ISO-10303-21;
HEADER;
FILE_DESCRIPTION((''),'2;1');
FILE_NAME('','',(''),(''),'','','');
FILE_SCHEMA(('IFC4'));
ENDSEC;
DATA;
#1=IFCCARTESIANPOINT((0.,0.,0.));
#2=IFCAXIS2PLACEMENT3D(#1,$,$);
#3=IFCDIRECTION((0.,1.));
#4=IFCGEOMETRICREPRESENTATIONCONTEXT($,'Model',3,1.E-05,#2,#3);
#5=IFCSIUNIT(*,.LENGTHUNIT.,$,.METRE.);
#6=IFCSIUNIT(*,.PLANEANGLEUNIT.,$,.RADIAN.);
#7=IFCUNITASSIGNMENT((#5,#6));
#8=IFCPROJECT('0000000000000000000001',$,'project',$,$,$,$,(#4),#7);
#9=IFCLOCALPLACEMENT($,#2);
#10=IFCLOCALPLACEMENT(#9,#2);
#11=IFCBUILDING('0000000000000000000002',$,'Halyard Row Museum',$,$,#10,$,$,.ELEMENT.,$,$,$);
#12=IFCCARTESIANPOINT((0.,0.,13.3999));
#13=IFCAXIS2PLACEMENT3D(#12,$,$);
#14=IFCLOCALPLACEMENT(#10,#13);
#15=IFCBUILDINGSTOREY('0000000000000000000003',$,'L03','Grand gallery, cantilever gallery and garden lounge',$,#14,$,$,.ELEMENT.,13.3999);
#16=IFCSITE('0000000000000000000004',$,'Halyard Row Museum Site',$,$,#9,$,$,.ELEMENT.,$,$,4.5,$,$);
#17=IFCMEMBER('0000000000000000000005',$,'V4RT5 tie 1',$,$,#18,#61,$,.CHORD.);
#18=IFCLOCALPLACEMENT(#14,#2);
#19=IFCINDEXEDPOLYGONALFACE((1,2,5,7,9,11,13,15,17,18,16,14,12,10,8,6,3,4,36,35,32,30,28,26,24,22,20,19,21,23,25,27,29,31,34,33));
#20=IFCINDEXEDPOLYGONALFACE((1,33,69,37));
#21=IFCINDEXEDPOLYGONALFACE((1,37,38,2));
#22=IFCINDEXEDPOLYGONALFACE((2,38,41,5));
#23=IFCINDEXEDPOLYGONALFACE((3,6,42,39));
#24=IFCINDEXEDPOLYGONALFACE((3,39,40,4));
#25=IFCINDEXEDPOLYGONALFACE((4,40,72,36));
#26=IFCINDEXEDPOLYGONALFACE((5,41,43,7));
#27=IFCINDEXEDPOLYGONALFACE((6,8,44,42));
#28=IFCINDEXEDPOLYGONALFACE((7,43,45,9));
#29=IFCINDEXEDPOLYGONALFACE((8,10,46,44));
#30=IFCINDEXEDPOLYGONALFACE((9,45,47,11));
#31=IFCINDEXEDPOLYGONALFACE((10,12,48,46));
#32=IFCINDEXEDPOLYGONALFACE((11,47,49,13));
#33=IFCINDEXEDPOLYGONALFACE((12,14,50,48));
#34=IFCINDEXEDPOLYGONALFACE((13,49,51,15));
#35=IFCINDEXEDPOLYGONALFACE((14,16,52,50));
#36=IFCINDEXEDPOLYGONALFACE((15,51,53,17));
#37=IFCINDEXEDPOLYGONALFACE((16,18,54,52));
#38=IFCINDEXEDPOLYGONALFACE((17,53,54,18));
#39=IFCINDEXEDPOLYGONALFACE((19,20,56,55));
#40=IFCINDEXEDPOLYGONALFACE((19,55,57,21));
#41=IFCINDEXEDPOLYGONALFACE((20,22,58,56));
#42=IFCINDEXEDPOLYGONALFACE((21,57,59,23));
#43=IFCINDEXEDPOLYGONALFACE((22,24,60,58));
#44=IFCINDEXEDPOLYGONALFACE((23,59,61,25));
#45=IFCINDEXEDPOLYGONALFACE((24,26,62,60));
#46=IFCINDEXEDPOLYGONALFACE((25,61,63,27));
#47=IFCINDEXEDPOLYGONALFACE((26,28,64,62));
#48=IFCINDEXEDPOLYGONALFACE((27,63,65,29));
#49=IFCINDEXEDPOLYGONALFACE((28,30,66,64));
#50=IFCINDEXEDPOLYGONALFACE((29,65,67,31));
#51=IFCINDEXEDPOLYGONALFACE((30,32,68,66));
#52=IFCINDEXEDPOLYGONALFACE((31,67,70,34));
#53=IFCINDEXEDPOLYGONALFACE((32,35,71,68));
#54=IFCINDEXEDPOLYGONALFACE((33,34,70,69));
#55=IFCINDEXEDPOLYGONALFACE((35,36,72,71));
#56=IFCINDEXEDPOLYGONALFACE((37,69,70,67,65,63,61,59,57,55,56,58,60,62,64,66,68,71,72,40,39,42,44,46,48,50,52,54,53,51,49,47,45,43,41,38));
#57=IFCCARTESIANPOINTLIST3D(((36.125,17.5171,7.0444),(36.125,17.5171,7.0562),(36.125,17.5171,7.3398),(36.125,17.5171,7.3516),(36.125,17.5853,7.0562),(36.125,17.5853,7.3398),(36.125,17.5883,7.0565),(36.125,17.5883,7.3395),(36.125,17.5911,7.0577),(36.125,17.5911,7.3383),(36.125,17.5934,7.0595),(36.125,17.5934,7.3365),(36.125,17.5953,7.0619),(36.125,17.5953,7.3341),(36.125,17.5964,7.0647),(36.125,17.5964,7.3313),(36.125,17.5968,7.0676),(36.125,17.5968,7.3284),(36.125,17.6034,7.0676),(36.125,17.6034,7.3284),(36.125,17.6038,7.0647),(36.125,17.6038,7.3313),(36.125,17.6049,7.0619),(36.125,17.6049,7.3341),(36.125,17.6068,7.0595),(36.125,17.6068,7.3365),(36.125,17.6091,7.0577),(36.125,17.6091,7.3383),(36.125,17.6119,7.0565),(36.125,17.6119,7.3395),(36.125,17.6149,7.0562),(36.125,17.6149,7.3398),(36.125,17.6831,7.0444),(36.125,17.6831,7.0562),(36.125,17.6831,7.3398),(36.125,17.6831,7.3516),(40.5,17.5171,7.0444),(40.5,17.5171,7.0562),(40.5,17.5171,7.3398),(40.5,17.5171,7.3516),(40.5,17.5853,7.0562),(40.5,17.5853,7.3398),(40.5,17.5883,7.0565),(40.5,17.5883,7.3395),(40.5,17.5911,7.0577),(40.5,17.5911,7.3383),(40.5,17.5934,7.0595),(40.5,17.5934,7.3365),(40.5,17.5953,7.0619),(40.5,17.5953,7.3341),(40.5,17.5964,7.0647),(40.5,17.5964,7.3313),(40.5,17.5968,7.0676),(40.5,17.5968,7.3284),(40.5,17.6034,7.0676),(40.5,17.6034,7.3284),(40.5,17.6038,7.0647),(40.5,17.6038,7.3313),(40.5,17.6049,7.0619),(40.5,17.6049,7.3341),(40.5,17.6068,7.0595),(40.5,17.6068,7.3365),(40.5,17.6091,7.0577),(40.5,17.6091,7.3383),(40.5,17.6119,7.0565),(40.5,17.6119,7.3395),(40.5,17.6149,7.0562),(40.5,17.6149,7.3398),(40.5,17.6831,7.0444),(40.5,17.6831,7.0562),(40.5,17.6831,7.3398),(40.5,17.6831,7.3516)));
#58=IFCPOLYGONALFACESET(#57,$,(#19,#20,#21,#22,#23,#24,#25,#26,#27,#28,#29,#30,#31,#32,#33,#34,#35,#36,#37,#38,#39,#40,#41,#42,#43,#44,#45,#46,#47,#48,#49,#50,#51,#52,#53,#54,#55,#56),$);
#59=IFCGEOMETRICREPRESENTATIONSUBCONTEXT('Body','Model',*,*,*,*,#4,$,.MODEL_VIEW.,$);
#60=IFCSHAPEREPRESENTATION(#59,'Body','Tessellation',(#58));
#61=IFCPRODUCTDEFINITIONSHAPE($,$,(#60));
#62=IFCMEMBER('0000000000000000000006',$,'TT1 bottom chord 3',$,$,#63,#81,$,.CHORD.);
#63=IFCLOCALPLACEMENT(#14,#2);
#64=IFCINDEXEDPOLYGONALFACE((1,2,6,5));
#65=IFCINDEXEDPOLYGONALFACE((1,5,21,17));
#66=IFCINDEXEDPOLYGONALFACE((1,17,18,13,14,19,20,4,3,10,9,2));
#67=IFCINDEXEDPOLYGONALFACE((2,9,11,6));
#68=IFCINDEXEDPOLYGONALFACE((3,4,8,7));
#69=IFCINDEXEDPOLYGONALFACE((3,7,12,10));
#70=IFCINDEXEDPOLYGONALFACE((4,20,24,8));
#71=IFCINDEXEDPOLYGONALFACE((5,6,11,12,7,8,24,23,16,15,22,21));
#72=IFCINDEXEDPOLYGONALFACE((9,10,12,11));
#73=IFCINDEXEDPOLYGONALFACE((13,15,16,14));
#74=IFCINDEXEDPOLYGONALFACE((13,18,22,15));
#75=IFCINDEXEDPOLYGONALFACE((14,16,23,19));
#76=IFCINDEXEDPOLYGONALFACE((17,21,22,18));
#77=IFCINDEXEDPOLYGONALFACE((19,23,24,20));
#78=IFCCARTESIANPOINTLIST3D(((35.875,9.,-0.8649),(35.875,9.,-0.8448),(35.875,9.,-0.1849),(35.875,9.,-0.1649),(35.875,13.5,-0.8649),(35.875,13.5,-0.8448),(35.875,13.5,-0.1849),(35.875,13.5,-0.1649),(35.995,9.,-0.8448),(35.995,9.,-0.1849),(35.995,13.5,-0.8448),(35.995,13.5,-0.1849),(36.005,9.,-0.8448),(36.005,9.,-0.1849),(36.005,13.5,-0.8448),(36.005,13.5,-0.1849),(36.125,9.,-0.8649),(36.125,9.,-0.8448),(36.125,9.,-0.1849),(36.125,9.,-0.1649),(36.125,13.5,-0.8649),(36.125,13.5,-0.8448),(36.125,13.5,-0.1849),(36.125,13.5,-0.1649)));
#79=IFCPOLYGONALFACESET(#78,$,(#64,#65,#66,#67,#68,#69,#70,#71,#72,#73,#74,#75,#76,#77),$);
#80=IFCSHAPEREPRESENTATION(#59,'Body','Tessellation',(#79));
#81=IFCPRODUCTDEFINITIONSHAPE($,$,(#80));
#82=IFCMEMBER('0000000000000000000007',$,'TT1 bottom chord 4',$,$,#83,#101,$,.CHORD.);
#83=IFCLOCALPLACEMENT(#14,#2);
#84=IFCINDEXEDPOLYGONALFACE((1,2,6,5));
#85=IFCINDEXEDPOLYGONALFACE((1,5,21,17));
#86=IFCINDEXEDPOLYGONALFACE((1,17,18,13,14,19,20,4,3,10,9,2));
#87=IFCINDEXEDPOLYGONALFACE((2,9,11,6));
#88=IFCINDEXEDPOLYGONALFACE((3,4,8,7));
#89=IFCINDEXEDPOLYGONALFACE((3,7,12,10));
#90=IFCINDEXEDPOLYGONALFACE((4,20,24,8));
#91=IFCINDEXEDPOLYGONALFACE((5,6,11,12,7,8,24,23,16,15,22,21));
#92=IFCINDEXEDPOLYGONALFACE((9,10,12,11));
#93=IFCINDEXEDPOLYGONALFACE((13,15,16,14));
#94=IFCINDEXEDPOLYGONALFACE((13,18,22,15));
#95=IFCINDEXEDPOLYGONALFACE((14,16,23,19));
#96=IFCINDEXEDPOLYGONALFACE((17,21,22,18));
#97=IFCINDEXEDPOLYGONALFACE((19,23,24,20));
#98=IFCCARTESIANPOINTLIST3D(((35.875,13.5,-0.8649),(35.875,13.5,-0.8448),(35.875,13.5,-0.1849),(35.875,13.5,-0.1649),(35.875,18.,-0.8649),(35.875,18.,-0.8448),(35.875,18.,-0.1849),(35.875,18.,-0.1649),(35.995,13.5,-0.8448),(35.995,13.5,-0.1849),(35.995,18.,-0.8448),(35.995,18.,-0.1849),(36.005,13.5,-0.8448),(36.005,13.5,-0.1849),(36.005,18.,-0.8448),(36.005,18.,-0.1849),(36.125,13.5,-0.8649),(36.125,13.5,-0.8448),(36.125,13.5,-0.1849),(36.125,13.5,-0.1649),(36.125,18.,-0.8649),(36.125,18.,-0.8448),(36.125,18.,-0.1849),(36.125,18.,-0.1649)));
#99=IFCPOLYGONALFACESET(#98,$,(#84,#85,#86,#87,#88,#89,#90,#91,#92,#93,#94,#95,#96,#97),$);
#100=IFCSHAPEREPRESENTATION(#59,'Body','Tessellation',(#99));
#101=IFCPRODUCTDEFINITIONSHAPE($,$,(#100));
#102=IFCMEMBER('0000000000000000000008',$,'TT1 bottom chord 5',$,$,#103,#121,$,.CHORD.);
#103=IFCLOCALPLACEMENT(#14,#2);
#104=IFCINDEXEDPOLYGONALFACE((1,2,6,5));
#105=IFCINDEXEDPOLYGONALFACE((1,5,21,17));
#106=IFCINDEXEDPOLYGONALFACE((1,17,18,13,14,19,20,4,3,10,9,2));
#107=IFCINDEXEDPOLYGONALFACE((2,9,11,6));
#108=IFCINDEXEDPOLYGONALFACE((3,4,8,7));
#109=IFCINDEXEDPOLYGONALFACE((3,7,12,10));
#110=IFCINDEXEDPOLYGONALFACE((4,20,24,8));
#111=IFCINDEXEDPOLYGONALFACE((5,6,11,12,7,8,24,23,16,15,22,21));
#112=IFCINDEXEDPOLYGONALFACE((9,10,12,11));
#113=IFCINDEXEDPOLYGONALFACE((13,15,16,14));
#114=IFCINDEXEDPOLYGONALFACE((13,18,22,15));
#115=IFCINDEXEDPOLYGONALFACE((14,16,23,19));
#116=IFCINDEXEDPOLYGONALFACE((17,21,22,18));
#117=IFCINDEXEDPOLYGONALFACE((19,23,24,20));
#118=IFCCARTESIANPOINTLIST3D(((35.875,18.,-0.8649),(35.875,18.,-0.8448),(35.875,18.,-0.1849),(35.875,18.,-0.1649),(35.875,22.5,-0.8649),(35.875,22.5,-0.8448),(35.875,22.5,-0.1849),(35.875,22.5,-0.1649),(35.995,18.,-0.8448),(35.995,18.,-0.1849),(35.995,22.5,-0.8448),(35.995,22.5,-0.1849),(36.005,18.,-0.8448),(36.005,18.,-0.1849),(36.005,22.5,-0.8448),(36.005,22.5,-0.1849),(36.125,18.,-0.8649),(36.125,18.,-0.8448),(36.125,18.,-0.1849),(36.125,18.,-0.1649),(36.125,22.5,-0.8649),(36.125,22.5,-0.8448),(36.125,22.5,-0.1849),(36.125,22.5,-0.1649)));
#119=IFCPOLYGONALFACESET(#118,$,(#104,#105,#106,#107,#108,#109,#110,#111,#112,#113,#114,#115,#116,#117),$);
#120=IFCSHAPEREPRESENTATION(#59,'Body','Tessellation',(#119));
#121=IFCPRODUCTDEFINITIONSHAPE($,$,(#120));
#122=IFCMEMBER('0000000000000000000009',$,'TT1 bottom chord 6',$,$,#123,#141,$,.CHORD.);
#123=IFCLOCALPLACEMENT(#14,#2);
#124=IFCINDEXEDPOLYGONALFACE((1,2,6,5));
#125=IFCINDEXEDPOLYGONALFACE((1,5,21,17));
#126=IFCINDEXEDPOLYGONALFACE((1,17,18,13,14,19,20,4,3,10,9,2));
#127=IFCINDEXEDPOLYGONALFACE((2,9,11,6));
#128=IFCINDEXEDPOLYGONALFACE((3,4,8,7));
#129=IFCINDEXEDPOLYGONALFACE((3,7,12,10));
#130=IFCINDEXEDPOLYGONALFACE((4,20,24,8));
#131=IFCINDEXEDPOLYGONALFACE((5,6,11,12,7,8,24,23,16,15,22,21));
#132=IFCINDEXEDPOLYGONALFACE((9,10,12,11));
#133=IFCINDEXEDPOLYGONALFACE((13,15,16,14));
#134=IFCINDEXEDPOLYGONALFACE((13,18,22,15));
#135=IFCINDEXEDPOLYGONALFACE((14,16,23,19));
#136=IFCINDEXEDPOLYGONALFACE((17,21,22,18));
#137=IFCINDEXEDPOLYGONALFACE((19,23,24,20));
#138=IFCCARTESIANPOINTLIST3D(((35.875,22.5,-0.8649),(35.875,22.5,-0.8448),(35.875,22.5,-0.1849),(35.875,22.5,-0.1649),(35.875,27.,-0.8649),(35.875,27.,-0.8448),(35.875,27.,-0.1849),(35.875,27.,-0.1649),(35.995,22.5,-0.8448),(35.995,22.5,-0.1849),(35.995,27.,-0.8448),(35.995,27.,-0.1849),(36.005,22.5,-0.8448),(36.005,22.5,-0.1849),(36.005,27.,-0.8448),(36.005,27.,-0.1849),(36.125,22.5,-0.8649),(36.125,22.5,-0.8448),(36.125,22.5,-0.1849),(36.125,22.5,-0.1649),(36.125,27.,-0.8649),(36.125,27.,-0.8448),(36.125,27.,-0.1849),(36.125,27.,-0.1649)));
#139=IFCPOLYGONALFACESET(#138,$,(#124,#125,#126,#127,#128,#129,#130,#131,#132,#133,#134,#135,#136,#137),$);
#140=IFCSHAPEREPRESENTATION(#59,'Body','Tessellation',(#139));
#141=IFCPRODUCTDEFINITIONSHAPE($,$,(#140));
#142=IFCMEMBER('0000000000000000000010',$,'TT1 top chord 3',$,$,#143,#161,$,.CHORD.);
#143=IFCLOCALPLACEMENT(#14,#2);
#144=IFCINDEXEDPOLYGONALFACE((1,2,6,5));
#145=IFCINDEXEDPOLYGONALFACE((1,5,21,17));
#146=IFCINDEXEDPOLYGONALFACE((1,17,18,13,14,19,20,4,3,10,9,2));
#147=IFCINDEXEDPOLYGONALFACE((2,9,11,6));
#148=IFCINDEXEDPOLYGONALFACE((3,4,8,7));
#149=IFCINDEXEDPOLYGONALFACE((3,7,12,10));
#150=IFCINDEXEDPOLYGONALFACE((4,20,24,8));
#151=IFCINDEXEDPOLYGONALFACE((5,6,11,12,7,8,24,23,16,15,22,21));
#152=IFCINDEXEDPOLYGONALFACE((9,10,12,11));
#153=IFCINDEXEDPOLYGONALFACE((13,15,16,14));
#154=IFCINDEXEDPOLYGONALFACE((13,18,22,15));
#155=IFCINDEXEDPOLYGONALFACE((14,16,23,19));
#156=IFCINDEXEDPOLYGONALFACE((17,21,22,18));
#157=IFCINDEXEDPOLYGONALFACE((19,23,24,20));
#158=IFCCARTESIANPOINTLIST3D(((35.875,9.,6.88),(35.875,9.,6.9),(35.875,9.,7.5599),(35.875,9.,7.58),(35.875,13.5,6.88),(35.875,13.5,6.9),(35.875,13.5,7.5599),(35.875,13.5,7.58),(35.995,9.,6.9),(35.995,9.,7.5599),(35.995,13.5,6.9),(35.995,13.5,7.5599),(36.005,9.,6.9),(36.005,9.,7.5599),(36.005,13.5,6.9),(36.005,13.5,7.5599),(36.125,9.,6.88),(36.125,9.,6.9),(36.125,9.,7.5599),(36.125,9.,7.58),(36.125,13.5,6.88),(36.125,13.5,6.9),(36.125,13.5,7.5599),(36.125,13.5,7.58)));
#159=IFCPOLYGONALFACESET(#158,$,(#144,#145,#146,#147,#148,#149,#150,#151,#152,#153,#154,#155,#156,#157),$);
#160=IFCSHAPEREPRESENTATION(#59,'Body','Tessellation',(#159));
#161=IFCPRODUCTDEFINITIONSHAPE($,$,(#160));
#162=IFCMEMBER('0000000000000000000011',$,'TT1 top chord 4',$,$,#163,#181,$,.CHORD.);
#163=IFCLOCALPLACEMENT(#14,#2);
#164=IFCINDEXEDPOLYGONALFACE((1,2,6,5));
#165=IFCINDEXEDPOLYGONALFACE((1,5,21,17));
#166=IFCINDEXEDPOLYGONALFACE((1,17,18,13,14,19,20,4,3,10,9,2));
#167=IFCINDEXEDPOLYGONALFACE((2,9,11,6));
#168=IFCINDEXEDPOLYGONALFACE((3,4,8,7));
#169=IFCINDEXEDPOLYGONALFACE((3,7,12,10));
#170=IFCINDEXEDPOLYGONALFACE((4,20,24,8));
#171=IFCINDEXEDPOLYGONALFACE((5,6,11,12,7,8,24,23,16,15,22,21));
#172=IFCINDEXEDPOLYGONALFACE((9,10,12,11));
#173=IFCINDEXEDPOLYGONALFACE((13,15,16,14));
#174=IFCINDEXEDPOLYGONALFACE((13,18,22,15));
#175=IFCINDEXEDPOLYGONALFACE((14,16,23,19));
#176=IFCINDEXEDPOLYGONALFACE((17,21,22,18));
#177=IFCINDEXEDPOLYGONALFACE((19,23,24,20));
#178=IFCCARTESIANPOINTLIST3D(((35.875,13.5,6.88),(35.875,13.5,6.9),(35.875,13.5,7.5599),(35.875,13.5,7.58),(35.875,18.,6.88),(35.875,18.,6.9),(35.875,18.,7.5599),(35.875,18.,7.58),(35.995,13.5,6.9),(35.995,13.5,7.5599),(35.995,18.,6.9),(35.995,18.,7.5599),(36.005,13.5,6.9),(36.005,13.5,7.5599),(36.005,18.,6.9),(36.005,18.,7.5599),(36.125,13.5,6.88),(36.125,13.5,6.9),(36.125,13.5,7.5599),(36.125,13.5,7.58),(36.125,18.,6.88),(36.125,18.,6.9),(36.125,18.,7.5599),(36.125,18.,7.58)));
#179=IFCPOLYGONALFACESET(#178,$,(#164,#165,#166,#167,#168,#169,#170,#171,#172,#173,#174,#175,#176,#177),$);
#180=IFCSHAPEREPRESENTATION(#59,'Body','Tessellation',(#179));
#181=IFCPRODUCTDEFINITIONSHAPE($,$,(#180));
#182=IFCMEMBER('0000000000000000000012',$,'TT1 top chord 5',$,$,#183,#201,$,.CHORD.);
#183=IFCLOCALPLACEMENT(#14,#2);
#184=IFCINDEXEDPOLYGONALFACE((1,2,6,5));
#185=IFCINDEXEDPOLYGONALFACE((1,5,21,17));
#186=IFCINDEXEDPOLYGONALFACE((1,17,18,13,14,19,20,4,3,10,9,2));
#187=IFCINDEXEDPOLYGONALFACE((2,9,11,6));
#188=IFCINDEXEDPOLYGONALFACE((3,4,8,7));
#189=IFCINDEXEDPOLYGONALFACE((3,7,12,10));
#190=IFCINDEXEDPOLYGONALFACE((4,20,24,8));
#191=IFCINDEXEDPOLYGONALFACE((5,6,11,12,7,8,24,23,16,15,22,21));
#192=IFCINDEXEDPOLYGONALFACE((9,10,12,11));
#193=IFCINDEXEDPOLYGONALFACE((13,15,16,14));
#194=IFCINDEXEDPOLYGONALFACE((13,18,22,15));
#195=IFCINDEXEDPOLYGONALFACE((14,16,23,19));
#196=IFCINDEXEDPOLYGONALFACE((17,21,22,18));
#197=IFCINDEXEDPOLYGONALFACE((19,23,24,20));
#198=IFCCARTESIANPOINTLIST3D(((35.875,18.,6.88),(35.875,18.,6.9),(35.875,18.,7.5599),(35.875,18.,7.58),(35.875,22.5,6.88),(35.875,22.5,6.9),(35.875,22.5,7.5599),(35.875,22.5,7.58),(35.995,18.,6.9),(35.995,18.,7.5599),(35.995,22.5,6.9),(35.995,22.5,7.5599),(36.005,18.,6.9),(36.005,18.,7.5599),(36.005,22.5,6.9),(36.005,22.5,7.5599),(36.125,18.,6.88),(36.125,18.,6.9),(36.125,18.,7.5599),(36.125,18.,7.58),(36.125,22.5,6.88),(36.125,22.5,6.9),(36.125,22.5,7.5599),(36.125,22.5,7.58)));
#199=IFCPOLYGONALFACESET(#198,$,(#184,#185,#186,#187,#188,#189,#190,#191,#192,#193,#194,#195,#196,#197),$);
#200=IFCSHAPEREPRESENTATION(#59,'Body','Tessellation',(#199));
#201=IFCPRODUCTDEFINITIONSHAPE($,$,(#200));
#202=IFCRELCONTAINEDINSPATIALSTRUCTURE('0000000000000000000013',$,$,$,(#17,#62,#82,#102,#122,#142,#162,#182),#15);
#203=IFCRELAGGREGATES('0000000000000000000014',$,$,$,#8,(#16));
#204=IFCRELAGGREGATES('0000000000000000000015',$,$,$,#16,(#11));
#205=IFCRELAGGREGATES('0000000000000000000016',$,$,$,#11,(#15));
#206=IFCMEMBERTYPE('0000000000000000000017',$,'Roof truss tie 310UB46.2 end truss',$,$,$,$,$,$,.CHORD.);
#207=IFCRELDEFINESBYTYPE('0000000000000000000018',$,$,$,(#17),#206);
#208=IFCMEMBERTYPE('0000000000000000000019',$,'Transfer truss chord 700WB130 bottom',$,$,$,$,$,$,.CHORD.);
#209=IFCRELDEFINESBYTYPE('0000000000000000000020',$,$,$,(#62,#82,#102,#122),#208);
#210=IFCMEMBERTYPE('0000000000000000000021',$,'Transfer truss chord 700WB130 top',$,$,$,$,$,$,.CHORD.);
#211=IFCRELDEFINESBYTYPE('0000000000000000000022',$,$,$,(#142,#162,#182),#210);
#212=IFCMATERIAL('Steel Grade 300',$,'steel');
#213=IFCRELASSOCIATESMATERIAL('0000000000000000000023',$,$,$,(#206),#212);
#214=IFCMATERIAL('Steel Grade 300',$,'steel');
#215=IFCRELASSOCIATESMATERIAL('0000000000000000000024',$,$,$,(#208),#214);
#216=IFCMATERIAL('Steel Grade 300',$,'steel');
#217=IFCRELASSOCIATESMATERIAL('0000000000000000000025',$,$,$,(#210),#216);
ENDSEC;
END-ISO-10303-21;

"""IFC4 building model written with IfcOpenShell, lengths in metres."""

from ifc_helpers import new_model, si_unit, direction, frame, origin, origin_2d, place, context, subcontext, project, spatial, i_section, extrude, material, material_profile, profile_set, type_object, element, save


model = new_model("IFC4")

# Units and contexts
model_context = context("Model", 3, precision=1e-05, world=origin(), true_north=direction((0.0, 1.0)))
body_context = subcontext(model_context, "Body", "Model", "MODEL_VIEW")
ifc_project = project(units=[si_unit("LENGTHUNIT", "METRE"), si_unit("PLANEANGLEUNIT", "RADIAN")], contexts=[model_context])

# Site, building, storey
site_placement = place(None, origin())
site = spatial("IfcSite", under=ifc_project, at=site_placement, Name="Halyard Row Museum Site", CompositionType="ELEMENT", RefElevation=4.5)
building_placement = place(site_placement, origin())
building = spatial("IfcBuilding", under=site, at=building_placement, Name="Halyard Row Museum", CompositionType="ELEMENT")
storey_placement = place(building_placement, frame((0.0, 0.0, 13.3999)))
storey = spatial("IfcBuildingStorey", under=building, at=storey_placement, Name="L03", Description="Grand gallery, cantilever gallery and garden lounge", CompositionType="ELEMENT", Elevation=13.3999)

# Members
ifc_material_1 = material(Name="Steel Grade 300", Category="steel")
ifc_material_profile_1 = material_profile(ifc_material_1, i_section(OverallWidth=0.166, OverallDepth=0.3071, WebThickness=0.0066, FlangeThickness=0.0117, FilletRadius=0.0115, at=origin_2d()), Name="310UB46.2")
ifc_profile_set_1 = profile_set([ifc_material_profile_1], Name="Steel Grade 300")
member_type_1 = type_object("IfcMemberType", Name="Roof truss tie 310UB46.2 end truss", PredefinedType="CHORD", material=ifc_profile_set_1)
member_1_placement = place(storey_placement, frame((36.125, 17.6001, 7.198), z_axis=(1.0, 0.0, 0.0), x_axis=(0.0, 1.0, 0.0)))
element("IfcMember", 1, at=member_1_placement, inside=storey, type_object=member_type_1, Name="V4RT5 tie 1", PredefinedType="CHORD", context=body_context, shape_type="SweptSolid", body=[
    extrude(i_section(OverallWidth=0.166, OverallDepth=0.3071, WebThickness=0.0066, FlangeThickness=0.0117, FilletRadius=0.0115, at=origin_2d()), origin(), (0.0, 0.0, 1.0), 4.375),
])
ifc_material_2 = material(Name="Steel Grade 300", Category="steel")
ifc_material_profile_2 = material_profile(ifc_material_2, i_section(OverallWidth=0.25, OverallDepth=0.7, WebThickness=0.01, FlangeThickness=0.02, at=origin_2d()), Name="700WB130")
ifc_profile_set_2 = profile_set([ifc_material_profile_2], Name="Steel Grade 300")
member_type_2 = type_object("IfcMemberType", Name="Transfer truss chord 700WB130 bottom", PredefinedType="CHORD", material=ifc_profile_set_2)
for number, where, z_axis, x_axis, name in (
    (2, (36.0, 9.0, -0.5149), (0.0, 1.0, 0.0), (-1.0, 0.0, 0.0), "TT1 bottom chord 3"),
    (3, (36.0, 13.5, -0.5149), (0.0, 1.0, 0.0), (-1.0, 0.0, 0.0), "TT1 bottom chord 4"),
    (4, (36.0, 18.0, -0.5149), (0.0, 1.0, 0.0), (-1.0, 0.0, 0.0), "TT1 bottom chord 5"),
    (5, (36.0, 22.5, -0.5149), (0.0, 1.0, 0.0), (-1.0, 0.0, 0.0), "TT1 bottom chord 6"),
):
    element("IfcMember", number, at=place(storey_placement, frame(where, z_axis=z_axis, x_axis=x_axis)), inside=storey, type_object=member_type_2, Name=name, PredefinedType="CHORD", context=body_context, shape_type="SweptSolid", body=[
        extrude(i_section(OverallWidth=0.25, OverallDepth=0.7, WebThickness=0.01, FlangeThickness=0.02, at=origin_2d()), origin(), (0.0, 0.0, 1.0), 4.5),
    ])
ifc_material_3 = material(Name="Steel Grade 300", Category="steel")
ifc_material_profile_3 = material_profile(ifc_material_3, i_section(OverallWidth=0.25, OverallDepth=0.7, WebThickness=0.01, FlangeThickness=0.02, at=origin_2d()), Name="700WB130")
ifc_profile_set_3 = profile_set([ifc_material_profile_3], Name="Steel Grade 300")
member_type_3 = type_object("IfcMemberType", Name="Transfer truss chord 700WB130 top", PredefinedType="CHORD", material=ifc_profile_set_3)
for number, where, z_axis, x_axis, name in (
    (6, (36.0, 9.0, 7.23), (0.0, 1.0, 0.0), (-1.0, 0.0, 0.0), "TT1 top chord 3"),
    (7, (36.0, 13.5, 7.23), (0.0, 1.0, 0.0), (-1.0, 0.0, 0.0), "TT1 top chord 4"),
    (8, (36.0, 18.0, 7.23), (0.0, 1.0, 0.0), (-1.0, 0.0, 0.0), "TT1 top chord 5"),
):
    element("IfcMember", number, at=place(storey_placement, frame(where, z_axis=z_axis, x_axis=x_axis)), inside=storey, type_object=member_type_3, Name=name, PredefinedType="CHORD", context=body_context, shape_type="SweptSolid", body=[
        extrude(i_section(OverallWidth=0.25, OverallDepth=0.7, WebThickness=0.01, FlangeThickness=0.02, at=origin_2d()), origin(), (0.0, 0.0, 1.0), 4.5),
    ])

save(model, "model.ifc")
